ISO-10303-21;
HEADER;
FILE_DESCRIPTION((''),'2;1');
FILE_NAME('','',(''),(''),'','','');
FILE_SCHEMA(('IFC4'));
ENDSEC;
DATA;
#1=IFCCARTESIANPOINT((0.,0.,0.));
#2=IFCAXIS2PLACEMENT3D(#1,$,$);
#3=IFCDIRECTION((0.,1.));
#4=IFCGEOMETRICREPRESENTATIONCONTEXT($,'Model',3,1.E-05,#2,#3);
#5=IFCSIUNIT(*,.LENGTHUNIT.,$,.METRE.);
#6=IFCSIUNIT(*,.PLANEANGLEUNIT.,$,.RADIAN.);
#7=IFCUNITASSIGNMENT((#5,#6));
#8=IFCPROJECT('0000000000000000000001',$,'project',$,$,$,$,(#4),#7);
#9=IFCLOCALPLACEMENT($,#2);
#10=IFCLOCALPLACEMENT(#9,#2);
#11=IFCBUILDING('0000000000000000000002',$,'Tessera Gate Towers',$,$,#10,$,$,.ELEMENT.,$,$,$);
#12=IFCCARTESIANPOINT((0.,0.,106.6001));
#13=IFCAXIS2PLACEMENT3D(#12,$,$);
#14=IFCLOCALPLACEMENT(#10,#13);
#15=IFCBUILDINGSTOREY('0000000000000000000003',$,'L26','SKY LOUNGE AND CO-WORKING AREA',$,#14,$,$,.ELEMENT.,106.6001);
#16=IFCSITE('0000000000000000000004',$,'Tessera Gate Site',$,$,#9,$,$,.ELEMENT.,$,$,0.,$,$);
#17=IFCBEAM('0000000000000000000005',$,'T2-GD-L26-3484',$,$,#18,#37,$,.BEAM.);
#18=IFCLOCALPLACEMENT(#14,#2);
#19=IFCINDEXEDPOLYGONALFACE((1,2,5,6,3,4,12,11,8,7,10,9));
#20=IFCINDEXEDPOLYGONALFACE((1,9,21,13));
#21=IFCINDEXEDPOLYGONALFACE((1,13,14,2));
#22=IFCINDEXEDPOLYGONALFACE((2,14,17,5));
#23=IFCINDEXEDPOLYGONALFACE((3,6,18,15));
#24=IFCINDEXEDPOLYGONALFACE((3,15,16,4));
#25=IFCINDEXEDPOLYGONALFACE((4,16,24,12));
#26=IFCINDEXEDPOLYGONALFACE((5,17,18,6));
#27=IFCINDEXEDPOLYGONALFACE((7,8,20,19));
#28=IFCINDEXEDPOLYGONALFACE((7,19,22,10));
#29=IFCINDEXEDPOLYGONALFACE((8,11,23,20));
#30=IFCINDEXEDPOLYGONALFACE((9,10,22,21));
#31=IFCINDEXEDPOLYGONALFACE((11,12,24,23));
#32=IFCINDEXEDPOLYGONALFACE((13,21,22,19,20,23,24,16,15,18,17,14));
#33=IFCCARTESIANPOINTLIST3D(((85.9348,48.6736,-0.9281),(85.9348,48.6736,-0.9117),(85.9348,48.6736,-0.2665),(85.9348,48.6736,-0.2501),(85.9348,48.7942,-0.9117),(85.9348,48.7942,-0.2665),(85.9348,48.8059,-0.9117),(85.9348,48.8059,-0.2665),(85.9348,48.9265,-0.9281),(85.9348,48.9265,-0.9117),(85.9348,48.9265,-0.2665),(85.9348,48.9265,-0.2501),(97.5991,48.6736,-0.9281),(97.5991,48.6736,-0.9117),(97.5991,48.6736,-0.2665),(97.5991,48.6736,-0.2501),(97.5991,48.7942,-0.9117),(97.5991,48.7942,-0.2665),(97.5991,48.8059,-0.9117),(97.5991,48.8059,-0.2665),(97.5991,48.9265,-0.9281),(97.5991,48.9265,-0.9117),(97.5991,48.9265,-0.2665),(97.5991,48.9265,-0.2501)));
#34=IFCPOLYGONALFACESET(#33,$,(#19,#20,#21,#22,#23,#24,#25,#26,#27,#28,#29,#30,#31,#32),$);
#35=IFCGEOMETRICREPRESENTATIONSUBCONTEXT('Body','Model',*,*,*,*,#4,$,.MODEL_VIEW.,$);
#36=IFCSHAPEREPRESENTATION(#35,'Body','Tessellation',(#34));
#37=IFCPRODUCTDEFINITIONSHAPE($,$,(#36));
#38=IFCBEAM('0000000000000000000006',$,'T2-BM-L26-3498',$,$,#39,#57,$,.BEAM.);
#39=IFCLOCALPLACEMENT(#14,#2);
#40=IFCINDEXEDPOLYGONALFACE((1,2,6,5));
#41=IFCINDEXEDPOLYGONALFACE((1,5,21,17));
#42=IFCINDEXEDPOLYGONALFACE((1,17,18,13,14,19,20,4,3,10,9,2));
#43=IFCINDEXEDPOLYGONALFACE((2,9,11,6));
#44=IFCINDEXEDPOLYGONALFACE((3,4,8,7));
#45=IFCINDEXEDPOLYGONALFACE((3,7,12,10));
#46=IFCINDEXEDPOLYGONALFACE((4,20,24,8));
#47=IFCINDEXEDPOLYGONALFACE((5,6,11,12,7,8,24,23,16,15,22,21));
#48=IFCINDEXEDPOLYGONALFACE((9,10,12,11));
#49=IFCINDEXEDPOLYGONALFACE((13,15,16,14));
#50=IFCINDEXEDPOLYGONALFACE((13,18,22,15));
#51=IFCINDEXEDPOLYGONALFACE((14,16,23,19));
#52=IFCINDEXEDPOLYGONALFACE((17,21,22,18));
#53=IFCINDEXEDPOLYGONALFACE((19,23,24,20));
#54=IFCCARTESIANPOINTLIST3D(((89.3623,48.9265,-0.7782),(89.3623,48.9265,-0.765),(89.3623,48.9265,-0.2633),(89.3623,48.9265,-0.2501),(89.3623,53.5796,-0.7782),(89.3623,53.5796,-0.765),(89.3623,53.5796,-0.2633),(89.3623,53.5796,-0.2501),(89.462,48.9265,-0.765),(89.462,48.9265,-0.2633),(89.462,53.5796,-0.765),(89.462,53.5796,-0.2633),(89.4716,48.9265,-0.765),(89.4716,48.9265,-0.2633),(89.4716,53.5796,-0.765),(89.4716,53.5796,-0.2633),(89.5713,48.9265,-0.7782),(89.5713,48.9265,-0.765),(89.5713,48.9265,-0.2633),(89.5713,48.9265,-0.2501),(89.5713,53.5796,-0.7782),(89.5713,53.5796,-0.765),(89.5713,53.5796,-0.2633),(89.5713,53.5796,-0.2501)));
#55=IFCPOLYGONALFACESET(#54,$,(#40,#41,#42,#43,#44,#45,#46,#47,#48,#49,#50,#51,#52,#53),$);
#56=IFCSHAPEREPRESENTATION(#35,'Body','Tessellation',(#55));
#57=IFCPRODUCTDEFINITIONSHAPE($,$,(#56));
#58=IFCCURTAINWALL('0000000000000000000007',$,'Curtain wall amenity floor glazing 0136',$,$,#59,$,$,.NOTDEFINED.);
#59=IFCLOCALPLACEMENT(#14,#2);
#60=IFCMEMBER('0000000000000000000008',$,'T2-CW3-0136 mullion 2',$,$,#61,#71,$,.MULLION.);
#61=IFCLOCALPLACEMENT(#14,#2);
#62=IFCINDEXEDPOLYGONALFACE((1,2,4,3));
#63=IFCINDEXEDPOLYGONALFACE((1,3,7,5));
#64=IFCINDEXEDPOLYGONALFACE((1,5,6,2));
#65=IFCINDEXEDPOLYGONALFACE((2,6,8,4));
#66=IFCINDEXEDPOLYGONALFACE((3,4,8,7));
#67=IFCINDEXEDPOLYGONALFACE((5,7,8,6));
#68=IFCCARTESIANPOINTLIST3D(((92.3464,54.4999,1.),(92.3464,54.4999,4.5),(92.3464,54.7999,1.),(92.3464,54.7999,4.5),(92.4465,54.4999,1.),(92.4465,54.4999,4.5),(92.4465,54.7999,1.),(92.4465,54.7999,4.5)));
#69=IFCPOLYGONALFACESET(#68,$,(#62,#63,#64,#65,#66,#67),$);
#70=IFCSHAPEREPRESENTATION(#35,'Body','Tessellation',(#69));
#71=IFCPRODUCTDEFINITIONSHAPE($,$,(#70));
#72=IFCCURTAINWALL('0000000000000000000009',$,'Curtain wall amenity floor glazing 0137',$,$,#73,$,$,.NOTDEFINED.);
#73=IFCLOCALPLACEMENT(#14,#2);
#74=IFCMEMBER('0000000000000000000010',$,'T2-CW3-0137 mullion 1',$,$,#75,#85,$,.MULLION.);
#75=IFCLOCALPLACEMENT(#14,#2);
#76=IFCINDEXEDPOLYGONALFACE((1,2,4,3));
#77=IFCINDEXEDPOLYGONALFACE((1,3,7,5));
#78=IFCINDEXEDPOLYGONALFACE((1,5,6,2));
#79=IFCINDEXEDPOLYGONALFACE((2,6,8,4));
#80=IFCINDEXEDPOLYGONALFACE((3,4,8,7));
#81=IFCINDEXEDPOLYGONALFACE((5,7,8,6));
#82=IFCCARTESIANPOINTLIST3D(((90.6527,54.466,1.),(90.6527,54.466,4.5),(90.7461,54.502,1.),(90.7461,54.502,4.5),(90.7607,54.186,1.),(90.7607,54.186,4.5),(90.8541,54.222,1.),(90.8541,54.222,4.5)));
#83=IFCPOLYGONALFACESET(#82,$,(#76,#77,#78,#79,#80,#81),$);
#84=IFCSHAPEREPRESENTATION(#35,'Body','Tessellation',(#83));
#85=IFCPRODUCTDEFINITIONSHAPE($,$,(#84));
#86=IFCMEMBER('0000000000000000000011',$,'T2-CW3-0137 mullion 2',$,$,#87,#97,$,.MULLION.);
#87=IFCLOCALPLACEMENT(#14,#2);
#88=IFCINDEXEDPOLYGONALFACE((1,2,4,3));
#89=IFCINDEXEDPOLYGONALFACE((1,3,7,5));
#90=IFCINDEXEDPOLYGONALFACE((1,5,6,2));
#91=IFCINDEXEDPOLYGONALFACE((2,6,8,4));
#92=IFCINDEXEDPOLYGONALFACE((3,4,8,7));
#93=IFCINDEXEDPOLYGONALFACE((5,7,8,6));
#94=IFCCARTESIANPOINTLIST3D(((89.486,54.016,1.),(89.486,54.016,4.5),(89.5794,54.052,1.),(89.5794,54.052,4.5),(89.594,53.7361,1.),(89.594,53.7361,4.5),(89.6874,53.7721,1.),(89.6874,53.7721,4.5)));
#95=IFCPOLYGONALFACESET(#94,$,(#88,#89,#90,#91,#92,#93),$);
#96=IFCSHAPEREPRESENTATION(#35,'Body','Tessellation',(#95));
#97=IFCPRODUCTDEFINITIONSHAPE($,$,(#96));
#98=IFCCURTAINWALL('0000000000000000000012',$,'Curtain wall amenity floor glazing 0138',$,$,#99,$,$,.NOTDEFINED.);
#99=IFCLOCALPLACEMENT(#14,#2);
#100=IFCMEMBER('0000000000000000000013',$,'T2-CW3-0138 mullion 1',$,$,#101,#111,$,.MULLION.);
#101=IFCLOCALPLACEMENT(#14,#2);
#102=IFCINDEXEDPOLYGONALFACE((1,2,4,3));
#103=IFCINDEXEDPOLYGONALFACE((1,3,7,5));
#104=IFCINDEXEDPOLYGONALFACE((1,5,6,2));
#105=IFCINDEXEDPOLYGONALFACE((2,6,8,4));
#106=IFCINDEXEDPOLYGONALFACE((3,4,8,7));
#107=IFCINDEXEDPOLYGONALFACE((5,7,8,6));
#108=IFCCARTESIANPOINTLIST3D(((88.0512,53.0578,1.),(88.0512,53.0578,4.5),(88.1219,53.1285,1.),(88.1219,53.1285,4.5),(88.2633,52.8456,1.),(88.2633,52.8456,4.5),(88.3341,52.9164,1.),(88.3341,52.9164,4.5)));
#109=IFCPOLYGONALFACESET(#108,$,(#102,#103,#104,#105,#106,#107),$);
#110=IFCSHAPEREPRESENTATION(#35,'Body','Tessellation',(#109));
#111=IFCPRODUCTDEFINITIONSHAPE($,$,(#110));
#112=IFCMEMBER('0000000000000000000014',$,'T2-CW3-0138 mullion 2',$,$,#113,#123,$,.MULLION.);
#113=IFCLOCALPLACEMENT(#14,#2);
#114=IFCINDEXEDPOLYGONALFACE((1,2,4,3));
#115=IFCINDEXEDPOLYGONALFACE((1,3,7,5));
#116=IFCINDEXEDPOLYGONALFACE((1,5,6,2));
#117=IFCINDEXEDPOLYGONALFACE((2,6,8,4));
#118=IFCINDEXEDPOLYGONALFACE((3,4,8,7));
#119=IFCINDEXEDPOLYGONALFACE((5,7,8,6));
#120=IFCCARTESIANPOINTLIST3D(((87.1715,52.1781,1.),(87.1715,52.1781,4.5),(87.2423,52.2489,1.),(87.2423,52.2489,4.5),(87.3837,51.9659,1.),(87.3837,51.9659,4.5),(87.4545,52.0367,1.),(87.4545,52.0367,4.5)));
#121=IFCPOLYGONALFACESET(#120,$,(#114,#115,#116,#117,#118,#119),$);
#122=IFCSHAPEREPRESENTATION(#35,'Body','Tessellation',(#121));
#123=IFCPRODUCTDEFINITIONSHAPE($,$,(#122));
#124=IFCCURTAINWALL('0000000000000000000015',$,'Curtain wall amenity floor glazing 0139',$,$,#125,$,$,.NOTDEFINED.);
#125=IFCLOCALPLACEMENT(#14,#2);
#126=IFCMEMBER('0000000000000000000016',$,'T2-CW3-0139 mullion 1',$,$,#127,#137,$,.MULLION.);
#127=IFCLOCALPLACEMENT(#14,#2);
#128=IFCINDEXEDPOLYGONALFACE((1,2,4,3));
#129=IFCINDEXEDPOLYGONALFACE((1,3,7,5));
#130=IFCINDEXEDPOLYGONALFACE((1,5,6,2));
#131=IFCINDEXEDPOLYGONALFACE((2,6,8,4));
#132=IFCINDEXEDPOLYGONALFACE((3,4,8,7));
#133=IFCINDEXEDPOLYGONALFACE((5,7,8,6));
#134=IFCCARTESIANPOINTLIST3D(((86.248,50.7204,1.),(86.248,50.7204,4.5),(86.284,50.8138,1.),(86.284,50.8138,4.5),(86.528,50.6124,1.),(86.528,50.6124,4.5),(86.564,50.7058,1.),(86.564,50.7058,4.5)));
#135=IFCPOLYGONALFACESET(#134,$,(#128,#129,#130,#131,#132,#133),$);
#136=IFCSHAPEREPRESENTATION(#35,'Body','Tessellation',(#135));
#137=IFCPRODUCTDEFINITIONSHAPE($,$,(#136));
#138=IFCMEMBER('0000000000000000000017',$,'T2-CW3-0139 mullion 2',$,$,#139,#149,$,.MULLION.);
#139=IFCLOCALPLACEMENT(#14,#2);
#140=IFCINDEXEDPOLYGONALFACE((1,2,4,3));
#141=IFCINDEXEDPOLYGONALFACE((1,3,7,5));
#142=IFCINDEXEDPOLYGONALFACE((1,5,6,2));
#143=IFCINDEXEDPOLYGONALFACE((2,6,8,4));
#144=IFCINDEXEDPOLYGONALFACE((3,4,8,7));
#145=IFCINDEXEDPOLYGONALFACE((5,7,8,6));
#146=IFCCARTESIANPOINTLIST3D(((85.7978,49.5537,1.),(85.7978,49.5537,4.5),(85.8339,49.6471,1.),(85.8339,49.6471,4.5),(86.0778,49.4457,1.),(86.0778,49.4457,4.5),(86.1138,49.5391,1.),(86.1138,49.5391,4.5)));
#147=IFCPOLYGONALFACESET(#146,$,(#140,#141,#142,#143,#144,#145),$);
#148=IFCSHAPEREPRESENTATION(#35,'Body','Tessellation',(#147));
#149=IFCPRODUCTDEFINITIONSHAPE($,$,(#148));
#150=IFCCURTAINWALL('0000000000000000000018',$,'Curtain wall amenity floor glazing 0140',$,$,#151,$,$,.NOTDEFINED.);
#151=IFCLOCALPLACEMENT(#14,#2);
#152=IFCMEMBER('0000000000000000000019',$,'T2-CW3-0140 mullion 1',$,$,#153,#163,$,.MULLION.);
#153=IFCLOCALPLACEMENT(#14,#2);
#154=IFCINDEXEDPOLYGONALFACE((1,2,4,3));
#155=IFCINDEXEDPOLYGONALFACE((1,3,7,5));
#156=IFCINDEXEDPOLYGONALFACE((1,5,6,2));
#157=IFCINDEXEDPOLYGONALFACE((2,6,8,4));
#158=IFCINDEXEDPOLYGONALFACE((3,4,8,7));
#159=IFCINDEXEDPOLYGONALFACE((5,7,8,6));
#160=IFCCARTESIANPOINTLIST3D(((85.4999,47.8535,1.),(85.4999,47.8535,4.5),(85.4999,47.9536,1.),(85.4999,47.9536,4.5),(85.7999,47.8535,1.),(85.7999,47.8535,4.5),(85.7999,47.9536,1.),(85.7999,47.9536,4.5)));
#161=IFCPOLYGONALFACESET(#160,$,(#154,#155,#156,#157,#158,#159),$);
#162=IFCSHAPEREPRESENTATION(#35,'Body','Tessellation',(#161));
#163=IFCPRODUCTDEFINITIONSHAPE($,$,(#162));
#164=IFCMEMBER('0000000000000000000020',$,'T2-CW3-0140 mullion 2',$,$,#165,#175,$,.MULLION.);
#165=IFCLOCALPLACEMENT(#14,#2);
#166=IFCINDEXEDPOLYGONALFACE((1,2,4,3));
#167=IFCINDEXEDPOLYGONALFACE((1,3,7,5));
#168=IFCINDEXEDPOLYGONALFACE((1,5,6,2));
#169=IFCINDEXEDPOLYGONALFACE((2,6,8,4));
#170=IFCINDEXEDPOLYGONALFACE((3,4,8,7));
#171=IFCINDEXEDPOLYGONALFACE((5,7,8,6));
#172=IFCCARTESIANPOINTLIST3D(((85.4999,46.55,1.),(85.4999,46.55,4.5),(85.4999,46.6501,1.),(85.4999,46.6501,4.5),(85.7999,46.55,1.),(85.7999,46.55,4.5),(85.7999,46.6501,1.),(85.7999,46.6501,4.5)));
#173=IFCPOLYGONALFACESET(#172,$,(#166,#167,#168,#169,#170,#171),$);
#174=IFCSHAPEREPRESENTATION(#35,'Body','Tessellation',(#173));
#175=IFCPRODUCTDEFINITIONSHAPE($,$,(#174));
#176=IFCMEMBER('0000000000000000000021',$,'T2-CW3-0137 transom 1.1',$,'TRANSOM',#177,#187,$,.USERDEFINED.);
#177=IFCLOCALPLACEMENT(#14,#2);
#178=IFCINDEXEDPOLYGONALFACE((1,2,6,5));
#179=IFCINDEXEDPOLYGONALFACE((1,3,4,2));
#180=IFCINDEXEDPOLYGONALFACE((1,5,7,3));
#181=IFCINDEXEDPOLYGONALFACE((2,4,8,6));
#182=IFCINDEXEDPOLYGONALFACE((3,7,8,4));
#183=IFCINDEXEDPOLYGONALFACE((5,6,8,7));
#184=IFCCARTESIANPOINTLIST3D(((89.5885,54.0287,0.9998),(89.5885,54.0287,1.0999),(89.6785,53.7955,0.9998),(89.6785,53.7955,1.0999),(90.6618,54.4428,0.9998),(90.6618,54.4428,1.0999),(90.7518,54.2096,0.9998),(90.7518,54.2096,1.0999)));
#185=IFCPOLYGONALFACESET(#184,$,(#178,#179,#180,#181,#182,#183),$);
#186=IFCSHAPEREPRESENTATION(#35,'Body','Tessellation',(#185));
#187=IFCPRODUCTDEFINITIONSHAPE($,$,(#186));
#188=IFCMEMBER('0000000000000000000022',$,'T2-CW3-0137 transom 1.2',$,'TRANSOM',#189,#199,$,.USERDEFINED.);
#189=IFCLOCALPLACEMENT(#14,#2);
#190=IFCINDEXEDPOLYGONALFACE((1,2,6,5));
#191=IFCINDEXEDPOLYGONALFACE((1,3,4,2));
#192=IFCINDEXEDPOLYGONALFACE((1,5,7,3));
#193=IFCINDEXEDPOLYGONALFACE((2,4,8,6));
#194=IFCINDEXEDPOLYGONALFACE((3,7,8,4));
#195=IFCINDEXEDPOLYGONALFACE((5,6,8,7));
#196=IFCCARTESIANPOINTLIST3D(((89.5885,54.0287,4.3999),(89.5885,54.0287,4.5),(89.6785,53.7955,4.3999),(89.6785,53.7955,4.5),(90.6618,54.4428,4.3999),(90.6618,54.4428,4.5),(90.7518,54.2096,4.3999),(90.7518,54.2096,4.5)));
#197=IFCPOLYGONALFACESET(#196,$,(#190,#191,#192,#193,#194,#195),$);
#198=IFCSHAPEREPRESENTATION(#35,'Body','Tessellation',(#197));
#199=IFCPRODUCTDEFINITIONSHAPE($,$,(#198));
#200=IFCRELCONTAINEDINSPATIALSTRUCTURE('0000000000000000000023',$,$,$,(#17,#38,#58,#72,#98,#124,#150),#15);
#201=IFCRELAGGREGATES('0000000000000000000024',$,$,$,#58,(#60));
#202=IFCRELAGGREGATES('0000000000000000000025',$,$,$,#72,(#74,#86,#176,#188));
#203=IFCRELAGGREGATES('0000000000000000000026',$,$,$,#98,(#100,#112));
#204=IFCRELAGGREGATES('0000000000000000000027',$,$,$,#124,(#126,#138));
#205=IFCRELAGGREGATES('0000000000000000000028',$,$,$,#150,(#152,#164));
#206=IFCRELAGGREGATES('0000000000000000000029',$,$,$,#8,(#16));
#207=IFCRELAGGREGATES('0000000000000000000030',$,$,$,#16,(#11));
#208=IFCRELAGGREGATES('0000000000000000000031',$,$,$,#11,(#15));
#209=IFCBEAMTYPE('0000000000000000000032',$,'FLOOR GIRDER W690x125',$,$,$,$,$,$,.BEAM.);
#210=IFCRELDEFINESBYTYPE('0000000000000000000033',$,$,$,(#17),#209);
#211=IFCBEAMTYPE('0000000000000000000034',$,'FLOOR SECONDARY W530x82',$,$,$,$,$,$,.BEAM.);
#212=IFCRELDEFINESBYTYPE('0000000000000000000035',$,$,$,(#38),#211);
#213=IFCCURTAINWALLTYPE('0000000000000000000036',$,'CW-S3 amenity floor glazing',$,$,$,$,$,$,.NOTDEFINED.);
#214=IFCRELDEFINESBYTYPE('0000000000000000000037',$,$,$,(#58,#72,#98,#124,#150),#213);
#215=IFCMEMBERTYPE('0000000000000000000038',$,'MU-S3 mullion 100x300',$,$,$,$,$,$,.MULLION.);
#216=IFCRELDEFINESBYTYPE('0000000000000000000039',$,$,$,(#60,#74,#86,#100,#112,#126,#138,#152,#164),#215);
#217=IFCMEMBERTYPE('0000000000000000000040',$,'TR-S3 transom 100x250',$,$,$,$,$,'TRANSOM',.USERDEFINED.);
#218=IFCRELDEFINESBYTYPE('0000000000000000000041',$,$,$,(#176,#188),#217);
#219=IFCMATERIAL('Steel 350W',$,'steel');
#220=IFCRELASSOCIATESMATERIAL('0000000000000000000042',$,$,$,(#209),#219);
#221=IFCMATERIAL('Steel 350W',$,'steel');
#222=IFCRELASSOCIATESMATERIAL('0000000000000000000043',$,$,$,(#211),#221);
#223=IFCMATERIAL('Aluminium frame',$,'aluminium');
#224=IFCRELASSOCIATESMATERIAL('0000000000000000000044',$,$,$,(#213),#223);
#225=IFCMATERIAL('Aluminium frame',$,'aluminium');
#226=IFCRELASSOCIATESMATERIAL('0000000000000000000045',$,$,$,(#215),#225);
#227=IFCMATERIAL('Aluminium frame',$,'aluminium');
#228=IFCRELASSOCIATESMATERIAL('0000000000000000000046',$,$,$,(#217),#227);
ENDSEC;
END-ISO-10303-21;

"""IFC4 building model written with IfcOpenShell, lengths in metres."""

from ifc_helpers import new_model, si_unit, direction, frame, origin, origin_2d, place, context, subcontext, project, spatial, rectangle, i_section, extrude, material, material_profile, profile_set, type_object, element, aggregate, save


model = new_model("IFC4")

# Units and contexts
model_context = context("Model", 3, precision=1e-05, world=origin(), true_north=direction((0.0, 1.0)))
body_context = subcontext(model_context, "Body", "Model", "MODEL_VIEW")
ifc_project = project(units=[si_unit("LENGTHUNIT", "METRE"), si_unit("PLANEANGLEUNIT", "RADIAN")], contexts=[model_context])

# Site, building, storey
site_placement = place(None, origin())
site = spatial("IfcSite", under=ifc_project, at=site_placement, Name="Tessera Gate Site", CompositionType="ELEMENT", RefElevation=0.0)
building_placement = place(site_placement, origin())
building = spatial("IfcBuilding", under=site, at=building_placement, Name="Tessera Gate Towers", CompositionType="ELEMENT")
storey_placement = place(building_placement, frame((0.0, 0.0, 106.6001)))
storey = spatial("IfcBuildingStorey", under=building, at=storey_placement, Name="L26", Description="SKY LOUNGE AND CO-WORKING AREA", CompositionType="ELEMENT", Elevation=106.6001)

# Beams
ifc_material_1 = material(Name="Steel 350W", Category="steel")
ifc_material_profile_1 = material_profile(ifc_material_1, i_section(OverallWidth=0.2529, OverallDepth=0.678, WebThickness=0.0117, FlangeThickness=0.0164, at=origin_2d()), Name="W690x125")
ifc_profile_set_1 = profile_set([ifc_material_profile_1], Name="Steel 350W")
beam_type_1 = type_object("IfcBeamType", Name="FLOOR GIRDER W690x125", PredefinedType="BEAM", material=ifc_profile_set_1)
beam_1_placement = place(storey_placement, frame((85.9348, 48.8, -0.5891), z_axis=(1.0, 0.0, 0.0), x_axis=(0.0, 1.0, 0.0)))
element("IfcBeam", 1, at=beam_1_placement, inside=storey, type_object=beam_type_1, Name="T2-GD-L26-3484", PredefinedType="BEAM", context=body_context, shape_type="SweptSolid", body=[
    extrude(i_section(OverallWidth=0.2529, OverallDepth=0.678, WebThickness=0.0117, FlangeThickness=0.0164, at=origin_2d()), origin(), (0.0, 0.0, 1.0), 11.6643),
])
ifc_material_2 = material(Name="Steel 350W", Category="steel")
ifc_material_profile_2 = material_profile(ifc_material_2, i_section(OverallWidth=0.209, OverallDepth=0.5281, WebThickness=0.0095, FlangeThickness=0.0132, at=origin_2d()), Name="W530x82")
ifc_profile_set_2 = profile_set([ifc_material_profile_2], Name="Steel 350W")
beam_type_2 = type_object("IfcBeamType", Name="FLOOR SECONDARY W530x82", PredefinedType="BEAM", material=ifc_profile_set_2)
beam_2_placement = place(storey_placement, frame((89.4668, 48.9265, -0.5142), z_axis=(0.0, 1.0, 0.0), x_axis=(-1.0, 0.0, 0.0)))
element("IfcBeam", 2, at=beam_2_placement, inside=storey, type_object=beam_type_2, Name="T2-BM-L26-3498", PredefinedType="BEAM", context=body_context, shape_type="SweptSolid", body=[
    extrude(i_section(OverallWidth=0.209, OverallDepth=0.5281, WebThickness=0.0095, FlangeThickness=0.0132, at=origin_2d()), origin(), (0.0, 0.0, 1.0), 4.6531),
])

# Curtain wall, member
ifc_material_3 = material(Name="Aluminium frame", Category="aluminium")
curtain_wall_type = type_object("IfcCurtainWallType", Name="CW-S3 amenity floor glazing", PredefinedType="NOTDEFINED", material=ifc_material_3)
curtain_wall_1_placement = place(storey_placement, origin())
curtain_wall_1 = element("IfcCurtainWall", 3, at=curtain_wall_1_placement, inside=storey, type_object=curtain_wall_type, Name="Curtain wall amenity floor glazing 0136", PredefinedType="NOTDEFINED")
ifc_material_4 = material(Name="Aluminium frame", Category="aluminium")
ifc_material_profile_3 = material_profile(ifc_material_4, rectangle(XDim=0.1001, YDim=0.3, at=origin_2d()), Name="AL 100x300")
ifc_profile_set_3 = profile_set([ifc_material_profile_3], Name="Aluminium frame")
member_type_1 = type_object("IfcMemberType", Name="MU-S3 mullion 100x300", PredefinedType="MULLION", material=ifc_profile_set_3)
member_1_placement = place(storey_placement, frame((92.3965, 54.6499, 1.0), z_axis=(0.0, 0.0, 1.0), x_axis=(-1.0, 0.0, 0.0)))
member_1 = element("IfcMember", 4, at=member_1_placement, type_object=member_type_1, Name="T2-CW3-0136 mullion 2", PredefinedType="MULLION", context=body_context, shape_type="SweptSolid", body=[
    extrude(rectangle(XDim=0.1001, YDim=0.3, at=origin_2d()), origin(), (0.0, 0.0, 1.0), 3.5),
])
aggregate(curtain_wall_1, [member_1])

# Curtain walls, members
curtain_wall_2_placement = place(storey_placement, origin())
curtain_wall_2 = element("IfcCurtainWall", 5, at=curtain_wall_2_placement, inside=storey, type_object=curtain_wall_type, Name="Curtain wall amenity floor glazing 0137", PredefinedType="NOTDEFINED")
member_2_placement = place(storey_placement, frame((90.7534, 54.344, 1.0), z_axis=(0.0, 0.0, 1.0), x_axis=(-0.932989, -0.359904, 0.0)))
member_2 = element("IfcMember", 6, at=member_2_placement, type_object=member_type_1, Name="T2-CW3-0137 mullion 1", PredefinedType="MULLION", context=body_context, shape_type="SweptSolid", body=[
    extrude(rectangle(XDim=0.1001, YDim=0.3, at=origin_2d()), origin(), (0.0, 0.0, 1.0), 3.5),
])
member_3_placement = place(storey_placement, frame((89.5867, 53.894, 1.0), z_axis=(0.0, 0.0, 1.0), x_axis=(-0.932989, -0.359904, 0.0)))
member_3 = element("IfcMember", 7, at=member_3_placement, type_object=member_type_1, Name="T2-CW3-0137 mullion 2", PredefinedType="MULLION", context=body_context, shape_type="SweptSolid", body=[
    extrude(rectangle(XDim=0.1001, YDim=0.3, at=origin_2d()), origin(), (0.0, 0.0, 1.0), 3.5),
])
curtain_wall_3_placement = place(storey_placement, origin())
curtain_wall_3 = element("IfcCurtainWall", 8, at=curtain_wall_3_placement, inside=storey, type_object=curtain_wall_type, Name="Curtain wall amenity floor glazing 0138", PredefinedType="NOTDEFINED")
member_4_placement = place(storey_placement, frame((88.1926, 52.9871, 1.0), z_axis=(0.0, 0.0, 1.0), x_axis=(-0.707107, -0.707107, 0.0)))
member_4 = element("IfcMember", 9, at=member_4_placement, type_object=member_type_1, Name="T2-CW3-0138 mullion 1", PredefinedType="MULLION", context=body_context, shape_type="SweptSolid", body=[
    extrude(rectangle(XDim=0.1001, YDim=0.3, at=origin_2d()), origin(), (0.0, 0.0, 1.0), 3.5),
])
member_5_placement = place(storey_placement, frame((87.313, 52.1074, 1.0), z_axis=(0.0, 0.0, 1.0), x_axis=(-0.707107, -0.707107, 0.0)))
member_5 = element("IfcMember", 10, at=member_5_placement, type_object=member_type_1, Name="T2-CW3-0138 mullion 2", PredefinedType="MULLION", context=body_context, shape_type="SweptSolid", body=[
    extrude(rectangle(XDim=0.1001, YDim=0.3, at=origin_2d()), origin(), (0.0, 0.0, 1.0), 3.5),
])
curtain_wall_4_placement = place(storey_placement, origin())
curtain_wall_4 = element("IfcCurtainWall", 11, at=curtain_wall_4_placement, inside=storey, type_object=curtain_wall_type, Name="Curtain wall amenity floor glazing 0139", PredefinedType="NOTDEFINED")
member_6_placement = place(storey_placement, frame((86.406, 50.7131, 1.0), z_axis=(0.0, 0.0, 1.0), x_axis=(-0.359904, -0.932989, 0.0)))
member_6 = element("IfcMember", 12, at=member_6_placement, type_object=member_type_1, Name="T2-CW3-0139 mullion 1", PredefinedType="MULLION", context=body_context, shape_type="SweptSolid", body=[
    extrude(rectangle(XDim=0.1001, YDim=0.3, at=origin_2d()), origin(), (0.0, 0.0, 1.0), 3.5),
])
member_7_placement = place(storey_placement, frame((85.9558, 49.5464, 1.0), z_axis=(0.0, 0.0, 1.0), x_axis=(-0.359904, -0.932989, 0.0)))
member_7 = element("IfcMember", 13, at=member_7_placement, type_object=member_type_1, Name="T2-CW3-0139 mullion 2", PredefinedType="MULLION", context=body_context, shape_type="SweptSolid", body=[
    extrude(rectangle(XDim=0.1001, YDim=0.3, at=origin_2d()), origin(), (0.0, 0.0, 1.0), 3.5),
])
curtain_wall_5_placement = place(storey_placement, origin())
curtain_wall_5 = element("IfcCurtainWall", 14, at=curtain_wall_5_placement, inside=storey, type_object=curtain_wall_type, Name="Curtain wall amenity floor glazing 0140", PredefinedType="NOTDEFINED")
member_8_placement = place(storey_placement, frame((85.6499, 47.9036, 1.0), z_axis=(0.0, 0.0, 1.0), x_axis=(0.0, -1.0, 0.0)))
member_8 = element("IfcMember", 15, at=member_8_placement, type_object=member_type_1, Name="T2-CW3-0140 mullion 1", PredefinedType="MULLION", context=body_context, shape_type="SweptSolid", body=[
    extrude(rectangle(XDim=0.1001, YDim=0.3, at=origin_2d()), origin(), (0.0, 0.0, 1.0), 3.5),
])
member_9_placement = place(storey_placement, frame((85.6499, 46.6001, 1.0), z_axis=(0.0, 0.0, 1.0), x_axis=(0.0, -1.0, 0.0)))
member_9 = element("IfcMember", 16, at=member_9_placement, type_object=member_type_1, Name="T2-CW3-0140 mullion 2", PredefinedType="MULLION", context=body_context, shape_type="SweptSolid", body=[
    extrude(rectangle(XDim=0.1001, YDim=0.3, at=origin_2d()), origin(), (0.0, 0.0, 1.0), 3.5),
])

# Members
ifc_material_5 = material(Name="Aluminium frame", Category="aluminium")
ifc_material_profile_4 = material_profile(ifc_material_5, rectangle(XDim=0.25, YDim=0.1001, at=origin_2d()), Name="AL 100x250")
ifc_profile_set_4 = profile_set([ifc_material_profile_4], Name="Aluminium frame")
member_type_2 = type_object("IfcMemberType", Name="TR-S3 transom 100x250", ElementType="TRANSOM", PredefinedType="USERDEFINED", material=ifc_profile_set_4)
member_10_placement = place(storey_placement, frame((90.7068, 54.3262, 1.0498), z_axis=(-0.932973, -0.359946, 0.0), x_axis=(0.359946, -0.932973, 0.0)))
member_10 = element("IfcMember", 17, at=member_10_placement, type_object=member_type_2, Name="T2-CW3-0137 transom 1.1", ObjectType="TRANSOM", PredefinedType="USERDEFINED", context=body_context, shape_type="SweptSolid", body=[
    extrude(rectangle(XDim=0.25, YDim=0.1001, at=origin_2d()), origin(), (0.0, 0.0, 1.0), 1.1504),
])
member_11_placement = place(storey_placement, frame((90.7068, 54.3262, 4.45), z_axis=(-0.932973, -0.359946, 0.0), x_axis=(0.359946, -0.932973, 0.0)))
member_11 = element("IfcMember", 18, at=member_11_placement, type_object=member_type_2, Name="T2-CW3-0137 transom 1.2", ObjectType="TRANSOM", PredefinedType="USERDEFINED", context=body_context, shape_type="SweptSolid", body=[
    extrude(rectangle(XDim=0.25, YDim=0.1001, at=origin_2d()), origin(), (0.0, 0.0, 1.0), 1.1504),
])

aggregate(curtain_wall_2, [member_2, member_3, member_10, member_11])
aggregate(curtain_wall_3, [member_4, member_5])
aggregate(curtain_wall_4, [member_6, member_7])
aggregate(curtain_wall_5, [member_8, member_9])

save(model, "model.ifc")
